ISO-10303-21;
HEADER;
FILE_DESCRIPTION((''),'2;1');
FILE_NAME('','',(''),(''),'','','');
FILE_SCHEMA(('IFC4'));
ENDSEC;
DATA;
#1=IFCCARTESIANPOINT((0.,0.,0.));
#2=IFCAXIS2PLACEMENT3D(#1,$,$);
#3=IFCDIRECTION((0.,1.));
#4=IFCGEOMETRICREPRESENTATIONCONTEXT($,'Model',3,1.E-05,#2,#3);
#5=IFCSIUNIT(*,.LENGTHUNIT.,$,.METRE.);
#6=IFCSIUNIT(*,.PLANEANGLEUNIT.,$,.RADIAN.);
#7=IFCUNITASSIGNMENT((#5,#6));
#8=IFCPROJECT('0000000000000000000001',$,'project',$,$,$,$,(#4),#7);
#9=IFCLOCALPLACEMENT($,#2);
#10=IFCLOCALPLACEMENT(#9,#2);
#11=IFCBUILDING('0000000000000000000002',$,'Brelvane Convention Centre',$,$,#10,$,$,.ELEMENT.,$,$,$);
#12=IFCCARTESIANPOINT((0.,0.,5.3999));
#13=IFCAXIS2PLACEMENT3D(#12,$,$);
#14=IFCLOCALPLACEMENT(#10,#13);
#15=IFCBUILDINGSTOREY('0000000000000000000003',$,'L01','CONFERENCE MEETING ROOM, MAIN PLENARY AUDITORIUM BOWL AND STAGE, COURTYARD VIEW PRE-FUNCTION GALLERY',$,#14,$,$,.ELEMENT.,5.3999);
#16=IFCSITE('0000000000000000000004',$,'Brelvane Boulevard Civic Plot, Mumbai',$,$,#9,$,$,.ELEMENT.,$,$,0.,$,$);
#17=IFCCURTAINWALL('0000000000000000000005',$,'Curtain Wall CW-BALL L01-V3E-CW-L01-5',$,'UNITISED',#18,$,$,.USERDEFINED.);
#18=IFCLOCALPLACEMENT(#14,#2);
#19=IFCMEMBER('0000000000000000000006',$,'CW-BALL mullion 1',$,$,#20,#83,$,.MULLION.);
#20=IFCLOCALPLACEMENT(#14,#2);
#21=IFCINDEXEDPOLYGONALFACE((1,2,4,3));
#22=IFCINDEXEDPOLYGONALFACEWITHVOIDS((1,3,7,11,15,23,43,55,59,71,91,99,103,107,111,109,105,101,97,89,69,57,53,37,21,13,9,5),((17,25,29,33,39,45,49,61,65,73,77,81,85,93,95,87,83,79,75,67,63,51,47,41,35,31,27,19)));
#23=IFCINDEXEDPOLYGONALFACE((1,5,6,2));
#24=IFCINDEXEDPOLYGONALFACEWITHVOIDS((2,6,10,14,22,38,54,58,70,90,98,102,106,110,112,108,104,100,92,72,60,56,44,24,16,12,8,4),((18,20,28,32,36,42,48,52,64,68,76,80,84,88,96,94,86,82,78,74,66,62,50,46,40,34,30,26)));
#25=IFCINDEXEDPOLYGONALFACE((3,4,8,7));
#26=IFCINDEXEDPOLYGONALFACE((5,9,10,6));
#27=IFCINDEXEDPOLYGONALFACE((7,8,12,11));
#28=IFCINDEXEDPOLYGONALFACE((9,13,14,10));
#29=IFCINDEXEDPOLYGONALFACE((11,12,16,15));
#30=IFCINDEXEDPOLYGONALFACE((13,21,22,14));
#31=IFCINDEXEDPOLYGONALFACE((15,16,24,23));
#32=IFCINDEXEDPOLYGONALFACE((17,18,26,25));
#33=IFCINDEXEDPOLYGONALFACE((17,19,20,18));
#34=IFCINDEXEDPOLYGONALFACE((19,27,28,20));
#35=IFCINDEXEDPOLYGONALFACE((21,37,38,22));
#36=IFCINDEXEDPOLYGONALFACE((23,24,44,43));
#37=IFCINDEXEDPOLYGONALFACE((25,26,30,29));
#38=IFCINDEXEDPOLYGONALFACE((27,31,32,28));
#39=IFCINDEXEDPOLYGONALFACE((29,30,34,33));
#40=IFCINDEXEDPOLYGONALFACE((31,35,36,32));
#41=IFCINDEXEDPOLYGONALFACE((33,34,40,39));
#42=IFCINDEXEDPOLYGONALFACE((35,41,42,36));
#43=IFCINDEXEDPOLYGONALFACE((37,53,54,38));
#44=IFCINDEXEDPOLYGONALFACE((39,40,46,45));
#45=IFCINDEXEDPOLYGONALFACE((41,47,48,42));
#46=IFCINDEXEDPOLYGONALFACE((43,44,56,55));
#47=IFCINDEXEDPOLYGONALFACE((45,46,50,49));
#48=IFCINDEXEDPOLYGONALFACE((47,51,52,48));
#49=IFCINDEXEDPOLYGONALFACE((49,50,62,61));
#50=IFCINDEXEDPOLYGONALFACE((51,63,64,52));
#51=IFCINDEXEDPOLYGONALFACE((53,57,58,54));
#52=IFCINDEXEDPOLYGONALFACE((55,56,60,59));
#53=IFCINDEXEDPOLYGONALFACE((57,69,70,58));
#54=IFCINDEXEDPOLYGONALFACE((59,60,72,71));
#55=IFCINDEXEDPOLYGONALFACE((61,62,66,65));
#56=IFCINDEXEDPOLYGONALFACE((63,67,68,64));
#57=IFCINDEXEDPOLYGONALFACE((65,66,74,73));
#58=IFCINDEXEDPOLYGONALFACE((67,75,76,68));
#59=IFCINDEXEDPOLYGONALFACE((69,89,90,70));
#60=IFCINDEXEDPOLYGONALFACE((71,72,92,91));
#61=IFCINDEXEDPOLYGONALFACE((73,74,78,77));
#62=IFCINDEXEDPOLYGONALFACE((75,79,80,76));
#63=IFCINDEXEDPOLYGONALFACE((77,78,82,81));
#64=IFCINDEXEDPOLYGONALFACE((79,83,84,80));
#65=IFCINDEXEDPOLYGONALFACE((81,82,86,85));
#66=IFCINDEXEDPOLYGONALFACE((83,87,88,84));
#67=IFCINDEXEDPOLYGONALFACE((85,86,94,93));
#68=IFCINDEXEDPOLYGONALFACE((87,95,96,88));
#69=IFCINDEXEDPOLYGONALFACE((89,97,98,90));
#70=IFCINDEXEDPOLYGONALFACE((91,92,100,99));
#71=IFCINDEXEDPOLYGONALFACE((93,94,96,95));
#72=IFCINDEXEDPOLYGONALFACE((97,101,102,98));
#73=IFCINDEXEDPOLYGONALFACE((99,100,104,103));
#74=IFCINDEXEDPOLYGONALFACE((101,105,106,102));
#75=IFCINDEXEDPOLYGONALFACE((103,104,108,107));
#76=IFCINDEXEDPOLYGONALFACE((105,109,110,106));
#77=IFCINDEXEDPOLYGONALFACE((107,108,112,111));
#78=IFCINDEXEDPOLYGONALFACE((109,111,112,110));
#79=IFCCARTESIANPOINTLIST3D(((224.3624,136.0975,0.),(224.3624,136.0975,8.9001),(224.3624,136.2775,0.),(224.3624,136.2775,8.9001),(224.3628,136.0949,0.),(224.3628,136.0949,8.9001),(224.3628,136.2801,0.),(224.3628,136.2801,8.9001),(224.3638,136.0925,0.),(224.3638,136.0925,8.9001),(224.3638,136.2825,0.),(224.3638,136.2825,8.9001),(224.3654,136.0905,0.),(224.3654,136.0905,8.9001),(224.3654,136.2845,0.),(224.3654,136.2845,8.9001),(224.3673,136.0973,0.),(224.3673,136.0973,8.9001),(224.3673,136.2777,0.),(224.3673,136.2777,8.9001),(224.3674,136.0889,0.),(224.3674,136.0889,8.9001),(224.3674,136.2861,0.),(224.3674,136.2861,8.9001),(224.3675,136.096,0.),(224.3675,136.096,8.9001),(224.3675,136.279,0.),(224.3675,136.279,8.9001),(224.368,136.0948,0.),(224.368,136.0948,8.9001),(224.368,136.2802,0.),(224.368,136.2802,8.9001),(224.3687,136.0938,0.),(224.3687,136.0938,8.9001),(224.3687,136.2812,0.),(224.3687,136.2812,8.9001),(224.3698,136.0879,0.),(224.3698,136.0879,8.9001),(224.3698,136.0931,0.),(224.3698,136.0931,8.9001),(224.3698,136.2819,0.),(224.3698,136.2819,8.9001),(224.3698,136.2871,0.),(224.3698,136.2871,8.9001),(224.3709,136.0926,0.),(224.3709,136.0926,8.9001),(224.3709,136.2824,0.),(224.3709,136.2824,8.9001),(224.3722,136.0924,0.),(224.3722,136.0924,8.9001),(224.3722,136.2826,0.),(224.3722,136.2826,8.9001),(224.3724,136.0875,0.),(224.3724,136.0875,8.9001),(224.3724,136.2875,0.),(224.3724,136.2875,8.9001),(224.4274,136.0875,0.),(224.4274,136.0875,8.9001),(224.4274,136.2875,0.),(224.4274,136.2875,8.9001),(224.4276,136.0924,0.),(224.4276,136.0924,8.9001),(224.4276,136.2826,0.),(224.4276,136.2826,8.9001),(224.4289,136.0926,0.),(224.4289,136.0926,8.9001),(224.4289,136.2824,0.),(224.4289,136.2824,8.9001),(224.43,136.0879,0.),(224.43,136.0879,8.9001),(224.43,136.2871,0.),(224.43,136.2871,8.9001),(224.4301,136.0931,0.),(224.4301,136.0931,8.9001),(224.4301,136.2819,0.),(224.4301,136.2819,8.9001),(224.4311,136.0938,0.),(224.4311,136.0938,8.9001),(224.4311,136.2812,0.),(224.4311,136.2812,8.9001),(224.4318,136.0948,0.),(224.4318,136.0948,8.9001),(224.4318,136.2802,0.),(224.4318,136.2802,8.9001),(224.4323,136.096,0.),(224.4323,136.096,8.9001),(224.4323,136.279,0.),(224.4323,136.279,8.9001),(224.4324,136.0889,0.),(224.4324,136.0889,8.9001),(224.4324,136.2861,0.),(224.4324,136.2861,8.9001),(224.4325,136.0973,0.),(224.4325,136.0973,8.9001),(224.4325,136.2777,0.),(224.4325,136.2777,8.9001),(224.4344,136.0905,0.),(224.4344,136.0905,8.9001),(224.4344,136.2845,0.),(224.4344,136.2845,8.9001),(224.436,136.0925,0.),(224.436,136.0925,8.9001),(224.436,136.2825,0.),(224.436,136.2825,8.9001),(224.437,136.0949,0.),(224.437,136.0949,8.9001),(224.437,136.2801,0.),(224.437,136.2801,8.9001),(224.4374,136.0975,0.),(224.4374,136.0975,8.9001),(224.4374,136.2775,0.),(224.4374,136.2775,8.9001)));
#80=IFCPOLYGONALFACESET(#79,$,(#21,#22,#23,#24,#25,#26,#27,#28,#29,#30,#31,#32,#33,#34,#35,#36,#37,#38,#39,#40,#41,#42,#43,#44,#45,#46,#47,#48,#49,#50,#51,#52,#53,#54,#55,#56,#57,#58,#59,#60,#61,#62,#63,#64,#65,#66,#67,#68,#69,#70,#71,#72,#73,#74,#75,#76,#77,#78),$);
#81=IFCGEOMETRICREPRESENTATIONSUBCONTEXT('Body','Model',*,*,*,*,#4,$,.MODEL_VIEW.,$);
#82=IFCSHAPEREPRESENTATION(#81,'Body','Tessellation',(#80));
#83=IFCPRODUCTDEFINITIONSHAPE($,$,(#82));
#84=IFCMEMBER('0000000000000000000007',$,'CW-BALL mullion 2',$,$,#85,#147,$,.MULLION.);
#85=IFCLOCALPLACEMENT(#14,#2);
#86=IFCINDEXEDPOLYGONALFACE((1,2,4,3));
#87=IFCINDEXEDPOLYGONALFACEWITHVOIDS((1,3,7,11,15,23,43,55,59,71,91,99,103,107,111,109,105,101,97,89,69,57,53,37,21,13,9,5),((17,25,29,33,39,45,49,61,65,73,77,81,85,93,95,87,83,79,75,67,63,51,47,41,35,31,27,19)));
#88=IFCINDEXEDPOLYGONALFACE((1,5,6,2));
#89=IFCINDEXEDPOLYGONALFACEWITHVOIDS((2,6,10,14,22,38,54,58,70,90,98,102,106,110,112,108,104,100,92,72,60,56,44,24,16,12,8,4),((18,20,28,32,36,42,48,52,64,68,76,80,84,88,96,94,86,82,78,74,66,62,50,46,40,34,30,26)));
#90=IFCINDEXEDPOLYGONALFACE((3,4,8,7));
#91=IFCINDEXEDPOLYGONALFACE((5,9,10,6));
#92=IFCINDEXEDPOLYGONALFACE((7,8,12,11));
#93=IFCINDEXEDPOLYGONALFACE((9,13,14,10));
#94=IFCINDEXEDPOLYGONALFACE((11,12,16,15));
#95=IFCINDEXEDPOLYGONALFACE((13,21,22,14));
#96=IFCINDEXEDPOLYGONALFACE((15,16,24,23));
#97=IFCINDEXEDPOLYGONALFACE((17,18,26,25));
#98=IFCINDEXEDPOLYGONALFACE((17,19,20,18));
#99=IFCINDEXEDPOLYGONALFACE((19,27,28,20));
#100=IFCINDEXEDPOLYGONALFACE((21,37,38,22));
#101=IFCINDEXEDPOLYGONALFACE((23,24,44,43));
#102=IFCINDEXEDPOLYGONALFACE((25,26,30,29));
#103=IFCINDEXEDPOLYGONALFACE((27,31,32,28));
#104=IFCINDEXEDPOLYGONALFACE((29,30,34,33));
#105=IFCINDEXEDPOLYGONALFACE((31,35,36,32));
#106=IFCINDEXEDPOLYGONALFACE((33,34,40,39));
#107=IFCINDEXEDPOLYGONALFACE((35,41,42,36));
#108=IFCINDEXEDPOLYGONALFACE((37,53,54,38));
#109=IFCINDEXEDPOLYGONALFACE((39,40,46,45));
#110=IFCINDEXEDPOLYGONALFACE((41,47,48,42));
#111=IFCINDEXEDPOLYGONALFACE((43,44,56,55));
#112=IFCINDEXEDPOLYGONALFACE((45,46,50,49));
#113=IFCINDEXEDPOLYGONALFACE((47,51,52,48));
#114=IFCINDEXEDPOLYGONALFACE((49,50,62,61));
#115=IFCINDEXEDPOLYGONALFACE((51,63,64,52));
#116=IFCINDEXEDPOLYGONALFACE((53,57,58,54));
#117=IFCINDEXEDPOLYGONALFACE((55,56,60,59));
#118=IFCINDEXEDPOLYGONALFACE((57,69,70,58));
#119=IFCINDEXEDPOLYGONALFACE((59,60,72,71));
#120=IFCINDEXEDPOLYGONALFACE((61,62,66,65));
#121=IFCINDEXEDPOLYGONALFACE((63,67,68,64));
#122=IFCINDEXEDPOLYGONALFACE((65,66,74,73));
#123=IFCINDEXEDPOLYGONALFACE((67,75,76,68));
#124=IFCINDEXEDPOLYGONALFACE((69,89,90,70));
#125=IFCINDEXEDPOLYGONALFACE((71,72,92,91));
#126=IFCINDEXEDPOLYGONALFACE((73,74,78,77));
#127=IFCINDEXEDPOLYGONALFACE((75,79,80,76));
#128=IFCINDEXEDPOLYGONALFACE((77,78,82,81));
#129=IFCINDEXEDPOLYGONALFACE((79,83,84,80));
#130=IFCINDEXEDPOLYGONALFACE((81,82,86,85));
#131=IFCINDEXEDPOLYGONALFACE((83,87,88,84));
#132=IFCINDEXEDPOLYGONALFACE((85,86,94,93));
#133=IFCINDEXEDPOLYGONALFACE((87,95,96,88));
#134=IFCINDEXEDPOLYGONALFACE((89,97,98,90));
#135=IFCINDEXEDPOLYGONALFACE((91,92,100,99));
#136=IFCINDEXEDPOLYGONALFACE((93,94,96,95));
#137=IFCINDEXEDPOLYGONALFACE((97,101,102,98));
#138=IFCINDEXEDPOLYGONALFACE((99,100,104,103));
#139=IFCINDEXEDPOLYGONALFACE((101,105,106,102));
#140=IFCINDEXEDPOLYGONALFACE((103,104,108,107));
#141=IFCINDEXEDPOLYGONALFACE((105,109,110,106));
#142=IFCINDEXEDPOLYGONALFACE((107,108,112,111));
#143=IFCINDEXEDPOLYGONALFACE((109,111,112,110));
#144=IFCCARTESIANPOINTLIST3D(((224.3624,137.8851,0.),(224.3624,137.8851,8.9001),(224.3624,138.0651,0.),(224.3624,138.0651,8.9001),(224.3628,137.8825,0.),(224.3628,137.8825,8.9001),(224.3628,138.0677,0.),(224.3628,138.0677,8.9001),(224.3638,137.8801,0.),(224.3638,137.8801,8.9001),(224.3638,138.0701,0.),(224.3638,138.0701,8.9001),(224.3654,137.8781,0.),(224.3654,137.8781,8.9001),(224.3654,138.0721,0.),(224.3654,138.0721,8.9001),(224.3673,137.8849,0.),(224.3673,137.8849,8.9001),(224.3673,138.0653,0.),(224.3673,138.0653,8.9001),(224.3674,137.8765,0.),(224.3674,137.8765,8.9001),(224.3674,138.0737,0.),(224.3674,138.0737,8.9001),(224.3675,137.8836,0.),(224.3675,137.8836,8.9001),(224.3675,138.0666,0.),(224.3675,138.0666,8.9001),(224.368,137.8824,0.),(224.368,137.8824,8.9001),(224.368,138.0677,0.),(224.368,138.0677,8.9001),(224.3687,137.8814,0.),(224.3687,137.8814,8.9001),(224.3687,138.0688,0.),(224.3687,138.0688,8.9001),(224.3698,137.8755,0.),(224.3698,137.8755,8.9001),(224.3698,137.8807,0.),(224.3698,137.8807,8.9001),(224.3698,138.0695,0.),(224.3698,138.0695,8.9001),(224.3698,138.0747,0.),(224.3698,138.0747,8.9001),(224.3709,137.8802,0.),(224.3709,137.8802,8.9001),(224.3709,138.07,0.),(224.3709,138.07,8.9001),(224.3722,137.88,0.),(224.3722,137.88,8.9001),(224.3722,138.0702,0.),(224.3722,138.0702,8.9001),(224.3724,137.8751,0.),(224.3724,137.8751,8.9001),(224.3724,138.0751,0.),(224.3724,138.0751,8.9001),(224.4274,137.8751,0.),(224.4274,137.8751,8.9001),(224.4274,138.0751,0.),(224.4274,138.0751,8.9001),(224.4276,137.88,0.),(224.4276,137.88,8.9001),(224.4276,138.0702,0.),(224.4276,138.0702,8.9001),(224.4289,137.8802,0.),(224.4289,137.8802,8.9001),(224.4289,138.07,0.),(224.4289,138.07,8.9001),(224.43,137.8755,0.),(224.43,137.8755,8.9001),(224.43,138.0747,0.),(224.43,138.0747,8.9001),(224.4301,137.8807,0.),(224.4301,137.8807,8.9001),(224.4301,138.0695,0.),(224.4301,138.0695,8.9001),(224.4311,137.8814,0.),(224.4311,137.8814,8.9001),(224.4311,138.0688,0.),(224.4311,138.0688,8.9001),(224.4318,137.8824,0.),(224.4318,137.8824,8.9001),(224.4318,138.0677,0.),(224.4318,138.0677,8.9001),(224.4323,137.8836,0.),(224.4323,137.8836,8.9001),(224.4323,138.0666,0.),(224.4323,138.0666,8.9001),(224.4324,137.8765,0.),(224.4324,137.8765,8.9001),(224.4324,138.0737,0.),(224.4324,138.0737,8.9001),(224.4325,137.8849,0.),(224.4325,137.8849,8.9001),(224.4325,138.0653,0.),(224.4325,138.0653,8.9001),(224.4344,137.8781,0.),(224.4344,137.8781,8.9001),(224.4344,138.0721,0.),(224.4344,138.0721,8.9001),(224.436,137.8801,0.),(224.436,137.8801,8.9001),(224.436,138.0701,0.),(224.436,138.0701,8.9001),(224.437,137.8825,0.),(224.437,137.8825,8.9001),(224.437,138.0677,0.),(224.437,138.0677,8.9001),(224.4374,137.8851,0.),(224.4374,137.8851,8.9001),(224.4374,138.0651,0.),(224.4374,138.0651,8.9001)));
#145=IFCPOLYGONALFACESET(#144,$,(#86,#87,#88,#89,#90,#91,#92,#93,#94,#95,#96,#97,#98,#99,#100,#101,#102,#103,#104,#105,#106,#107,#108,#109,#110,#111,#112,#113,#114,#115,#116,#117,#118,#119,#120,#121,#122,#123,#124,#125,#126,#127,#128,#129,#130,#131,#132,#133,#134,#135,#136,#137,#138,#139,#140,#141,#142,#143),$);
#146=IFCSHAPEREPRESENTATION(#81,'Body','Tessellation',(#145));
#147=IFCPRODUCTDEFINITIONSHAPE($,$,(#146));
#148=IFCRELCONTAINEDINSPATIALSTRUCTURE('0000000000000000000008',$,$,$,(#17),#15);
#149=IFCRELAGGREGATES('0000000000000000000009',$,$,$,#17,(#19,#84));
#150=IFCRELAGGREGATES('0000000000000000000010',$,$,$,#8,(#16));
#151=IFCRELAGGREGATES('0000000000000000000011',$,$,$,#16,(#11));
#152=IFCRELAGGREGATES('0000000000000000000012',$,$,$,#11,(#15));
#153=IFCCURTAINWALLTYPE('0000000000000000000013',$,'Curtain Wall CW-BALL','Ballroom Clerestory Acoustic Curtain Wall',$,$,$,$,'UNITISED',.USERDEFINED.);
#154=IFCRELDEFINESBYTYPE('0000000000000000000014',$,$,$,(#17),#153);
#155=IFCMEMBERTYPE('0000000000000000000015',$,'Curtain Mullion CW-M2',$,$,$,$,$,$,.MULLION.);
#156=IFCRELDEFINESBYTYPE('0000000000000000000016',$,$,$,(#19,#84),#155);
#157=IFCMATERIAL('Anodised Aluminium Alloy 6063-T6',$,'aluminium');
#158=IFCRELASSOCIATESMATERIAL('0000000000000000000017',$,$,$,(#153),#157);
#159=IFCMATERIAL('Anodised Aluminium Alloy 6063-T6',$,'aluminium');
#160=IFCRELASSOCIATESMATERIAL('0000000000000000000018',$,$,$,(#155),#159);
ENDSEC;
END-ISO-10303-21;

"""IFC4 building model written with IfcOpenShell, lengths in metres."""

from ifc_helpers import new_model, si_unit, direction, frame, origin, origin_2d, place, context, subcontext, project, spatial, hollow_rectangle, extrude, material, material_profile, profile_set, type_object, element, aggregate, save


model = new_model("IFC4")

# Units and contexts
model_context = context("Model", 3, precision=1e-05, world=origin(), true_north=direction((0.0, 1.0)))
body_context = subcontext(model_context, "Body", "Model", "MODEL_VIEW")
ifc_project = project(units=[si_unit("LENGTHUNIT", "METRE"), si_unit("PLANEANGLEUNIT", "RADIAN")], contexts=[model_context])

# Site, building, storey
site_placement = place(None, origin())
site = spatial("IfcSite", under=ifc_project, at=site_placement, Name="Brelvane Boulevard Civic Plot, Mumbai", CompositionType="ELEMENT", RefElevation=0.0)
building_placement = place(site_placement, origin())
building = spatial("IfcBuilding", under=site, at=building_placement, Name="Brelvane Convention Centre", CompositionType="ELEMENT")
storey_placement = place(building_placement, frame((0.0, 0.0, 5.3999)))
storey = spatial("IfcBuildingStorey", under=building, at=storey_placement, Name="L01", Description="CONFERENCE MEETING ROOM, MAIN PLENARY AUDITORIUM BOWL AND STAGE, COURTYARD VIEW PRE-FUNCTION GALLERY", CompositionType="ELEMENT", Elevation=5.3999)

# Curtain wall, members
ifc_material_1 = material(Name="Anodised Aluminium Alloy 6063-T6", Category="aluminium")
curtain_wall_type = type_object("IfcCurtainWallType", Name="Curtain Wall CW-BALL", Description="Ballroom Clerestory Acoustic Curtain Wall", ElementType="UNITISED", PredefinedType="USERDEFINED", material=ifc_material_1)
curtain_wall_placement = place(storey_placement, origin())
curtain_wall = element("IfcCurtainWall", 1, at=curtain_wall_placement, inside=storey, type_object=curtain_wall_type, Name="Curtain Wall CW-BALL L01-V3E-CW-L01-5", ObjectType="UNITISED", PredefinedType="USERDEFINED")
ifc_material_2 = material(Name="Anodised Aluminium Alloy 6063-T6", Category="aluminium")
ifc_material_profile_1 = material_profile(ifc_material_2, hollow_rectangle(XDim=0.075, YDim=0.2, WallThickness=0.0049, InnerFilletRadius=0.0049, OuterFilletRadius=0.01, at=origin_2d()), Name="ALU-M 200x75x5.0")
ifc_profile_set_1 = profile_set([ifc_material_profile_1], Name="Anodised Aluminium Alloy 6063-T6")
member_type_1 = type_object("IfcMemberType", Name="Curtain Mullion CW-M2", PredefinedType="MULLION", material=ifc_profile_set_1)
member_1_placement = place(storey_placement, frame((224.3999, 136.1875, 0.0), z_axis=(0.0, 0.0, 1.0), x_axis=(-1.0, 0.0, 0.0)))
member_1 = element("IfcMember", 2, at=member_1_placement, type_object=member_type_1, Name="CW-BALL mullion 1", PredefinedType="MULLION", context=body_context, shape_type="SweptSolid", body=[
    extrude(hollow_rectangle(XDim=0.075, YDim=0.2, WallThickness=0.0049, InnerFilletRadius=0.0049, OuterFilletRadius=0.01, at=origin_2d()), origin(), (0.0, 0.0, 1.0), 8.9001),
])
member_2_placement = place(storey_placement, frame((224.3999, 137.9751, 0.0), z_axis=(0.0, 0.0, 1.0), x_axis=(-1.0, 0.0, 0.0)))
member_2 = element("IfcMember", 3, at=member_2_placement, type_object=member_type_1, Name="CW-BALL mullion 2", PredefinedType="MULLION", context=body_context, shape_type="SweptSolid", body=[
    extrude(hollow_rectangle(XDim=0.075, YDim=0.2, WallThickness=0.0049, InnerFilletRadius=0.0049, OuterFilletRadius=0.01, at=origin_2d()), origin(), (0.0, 0.0, 1.0), 8.9001),
])
aggregate(curtain_wall, [member_1, member_2])

save(model, "model.ifc")
